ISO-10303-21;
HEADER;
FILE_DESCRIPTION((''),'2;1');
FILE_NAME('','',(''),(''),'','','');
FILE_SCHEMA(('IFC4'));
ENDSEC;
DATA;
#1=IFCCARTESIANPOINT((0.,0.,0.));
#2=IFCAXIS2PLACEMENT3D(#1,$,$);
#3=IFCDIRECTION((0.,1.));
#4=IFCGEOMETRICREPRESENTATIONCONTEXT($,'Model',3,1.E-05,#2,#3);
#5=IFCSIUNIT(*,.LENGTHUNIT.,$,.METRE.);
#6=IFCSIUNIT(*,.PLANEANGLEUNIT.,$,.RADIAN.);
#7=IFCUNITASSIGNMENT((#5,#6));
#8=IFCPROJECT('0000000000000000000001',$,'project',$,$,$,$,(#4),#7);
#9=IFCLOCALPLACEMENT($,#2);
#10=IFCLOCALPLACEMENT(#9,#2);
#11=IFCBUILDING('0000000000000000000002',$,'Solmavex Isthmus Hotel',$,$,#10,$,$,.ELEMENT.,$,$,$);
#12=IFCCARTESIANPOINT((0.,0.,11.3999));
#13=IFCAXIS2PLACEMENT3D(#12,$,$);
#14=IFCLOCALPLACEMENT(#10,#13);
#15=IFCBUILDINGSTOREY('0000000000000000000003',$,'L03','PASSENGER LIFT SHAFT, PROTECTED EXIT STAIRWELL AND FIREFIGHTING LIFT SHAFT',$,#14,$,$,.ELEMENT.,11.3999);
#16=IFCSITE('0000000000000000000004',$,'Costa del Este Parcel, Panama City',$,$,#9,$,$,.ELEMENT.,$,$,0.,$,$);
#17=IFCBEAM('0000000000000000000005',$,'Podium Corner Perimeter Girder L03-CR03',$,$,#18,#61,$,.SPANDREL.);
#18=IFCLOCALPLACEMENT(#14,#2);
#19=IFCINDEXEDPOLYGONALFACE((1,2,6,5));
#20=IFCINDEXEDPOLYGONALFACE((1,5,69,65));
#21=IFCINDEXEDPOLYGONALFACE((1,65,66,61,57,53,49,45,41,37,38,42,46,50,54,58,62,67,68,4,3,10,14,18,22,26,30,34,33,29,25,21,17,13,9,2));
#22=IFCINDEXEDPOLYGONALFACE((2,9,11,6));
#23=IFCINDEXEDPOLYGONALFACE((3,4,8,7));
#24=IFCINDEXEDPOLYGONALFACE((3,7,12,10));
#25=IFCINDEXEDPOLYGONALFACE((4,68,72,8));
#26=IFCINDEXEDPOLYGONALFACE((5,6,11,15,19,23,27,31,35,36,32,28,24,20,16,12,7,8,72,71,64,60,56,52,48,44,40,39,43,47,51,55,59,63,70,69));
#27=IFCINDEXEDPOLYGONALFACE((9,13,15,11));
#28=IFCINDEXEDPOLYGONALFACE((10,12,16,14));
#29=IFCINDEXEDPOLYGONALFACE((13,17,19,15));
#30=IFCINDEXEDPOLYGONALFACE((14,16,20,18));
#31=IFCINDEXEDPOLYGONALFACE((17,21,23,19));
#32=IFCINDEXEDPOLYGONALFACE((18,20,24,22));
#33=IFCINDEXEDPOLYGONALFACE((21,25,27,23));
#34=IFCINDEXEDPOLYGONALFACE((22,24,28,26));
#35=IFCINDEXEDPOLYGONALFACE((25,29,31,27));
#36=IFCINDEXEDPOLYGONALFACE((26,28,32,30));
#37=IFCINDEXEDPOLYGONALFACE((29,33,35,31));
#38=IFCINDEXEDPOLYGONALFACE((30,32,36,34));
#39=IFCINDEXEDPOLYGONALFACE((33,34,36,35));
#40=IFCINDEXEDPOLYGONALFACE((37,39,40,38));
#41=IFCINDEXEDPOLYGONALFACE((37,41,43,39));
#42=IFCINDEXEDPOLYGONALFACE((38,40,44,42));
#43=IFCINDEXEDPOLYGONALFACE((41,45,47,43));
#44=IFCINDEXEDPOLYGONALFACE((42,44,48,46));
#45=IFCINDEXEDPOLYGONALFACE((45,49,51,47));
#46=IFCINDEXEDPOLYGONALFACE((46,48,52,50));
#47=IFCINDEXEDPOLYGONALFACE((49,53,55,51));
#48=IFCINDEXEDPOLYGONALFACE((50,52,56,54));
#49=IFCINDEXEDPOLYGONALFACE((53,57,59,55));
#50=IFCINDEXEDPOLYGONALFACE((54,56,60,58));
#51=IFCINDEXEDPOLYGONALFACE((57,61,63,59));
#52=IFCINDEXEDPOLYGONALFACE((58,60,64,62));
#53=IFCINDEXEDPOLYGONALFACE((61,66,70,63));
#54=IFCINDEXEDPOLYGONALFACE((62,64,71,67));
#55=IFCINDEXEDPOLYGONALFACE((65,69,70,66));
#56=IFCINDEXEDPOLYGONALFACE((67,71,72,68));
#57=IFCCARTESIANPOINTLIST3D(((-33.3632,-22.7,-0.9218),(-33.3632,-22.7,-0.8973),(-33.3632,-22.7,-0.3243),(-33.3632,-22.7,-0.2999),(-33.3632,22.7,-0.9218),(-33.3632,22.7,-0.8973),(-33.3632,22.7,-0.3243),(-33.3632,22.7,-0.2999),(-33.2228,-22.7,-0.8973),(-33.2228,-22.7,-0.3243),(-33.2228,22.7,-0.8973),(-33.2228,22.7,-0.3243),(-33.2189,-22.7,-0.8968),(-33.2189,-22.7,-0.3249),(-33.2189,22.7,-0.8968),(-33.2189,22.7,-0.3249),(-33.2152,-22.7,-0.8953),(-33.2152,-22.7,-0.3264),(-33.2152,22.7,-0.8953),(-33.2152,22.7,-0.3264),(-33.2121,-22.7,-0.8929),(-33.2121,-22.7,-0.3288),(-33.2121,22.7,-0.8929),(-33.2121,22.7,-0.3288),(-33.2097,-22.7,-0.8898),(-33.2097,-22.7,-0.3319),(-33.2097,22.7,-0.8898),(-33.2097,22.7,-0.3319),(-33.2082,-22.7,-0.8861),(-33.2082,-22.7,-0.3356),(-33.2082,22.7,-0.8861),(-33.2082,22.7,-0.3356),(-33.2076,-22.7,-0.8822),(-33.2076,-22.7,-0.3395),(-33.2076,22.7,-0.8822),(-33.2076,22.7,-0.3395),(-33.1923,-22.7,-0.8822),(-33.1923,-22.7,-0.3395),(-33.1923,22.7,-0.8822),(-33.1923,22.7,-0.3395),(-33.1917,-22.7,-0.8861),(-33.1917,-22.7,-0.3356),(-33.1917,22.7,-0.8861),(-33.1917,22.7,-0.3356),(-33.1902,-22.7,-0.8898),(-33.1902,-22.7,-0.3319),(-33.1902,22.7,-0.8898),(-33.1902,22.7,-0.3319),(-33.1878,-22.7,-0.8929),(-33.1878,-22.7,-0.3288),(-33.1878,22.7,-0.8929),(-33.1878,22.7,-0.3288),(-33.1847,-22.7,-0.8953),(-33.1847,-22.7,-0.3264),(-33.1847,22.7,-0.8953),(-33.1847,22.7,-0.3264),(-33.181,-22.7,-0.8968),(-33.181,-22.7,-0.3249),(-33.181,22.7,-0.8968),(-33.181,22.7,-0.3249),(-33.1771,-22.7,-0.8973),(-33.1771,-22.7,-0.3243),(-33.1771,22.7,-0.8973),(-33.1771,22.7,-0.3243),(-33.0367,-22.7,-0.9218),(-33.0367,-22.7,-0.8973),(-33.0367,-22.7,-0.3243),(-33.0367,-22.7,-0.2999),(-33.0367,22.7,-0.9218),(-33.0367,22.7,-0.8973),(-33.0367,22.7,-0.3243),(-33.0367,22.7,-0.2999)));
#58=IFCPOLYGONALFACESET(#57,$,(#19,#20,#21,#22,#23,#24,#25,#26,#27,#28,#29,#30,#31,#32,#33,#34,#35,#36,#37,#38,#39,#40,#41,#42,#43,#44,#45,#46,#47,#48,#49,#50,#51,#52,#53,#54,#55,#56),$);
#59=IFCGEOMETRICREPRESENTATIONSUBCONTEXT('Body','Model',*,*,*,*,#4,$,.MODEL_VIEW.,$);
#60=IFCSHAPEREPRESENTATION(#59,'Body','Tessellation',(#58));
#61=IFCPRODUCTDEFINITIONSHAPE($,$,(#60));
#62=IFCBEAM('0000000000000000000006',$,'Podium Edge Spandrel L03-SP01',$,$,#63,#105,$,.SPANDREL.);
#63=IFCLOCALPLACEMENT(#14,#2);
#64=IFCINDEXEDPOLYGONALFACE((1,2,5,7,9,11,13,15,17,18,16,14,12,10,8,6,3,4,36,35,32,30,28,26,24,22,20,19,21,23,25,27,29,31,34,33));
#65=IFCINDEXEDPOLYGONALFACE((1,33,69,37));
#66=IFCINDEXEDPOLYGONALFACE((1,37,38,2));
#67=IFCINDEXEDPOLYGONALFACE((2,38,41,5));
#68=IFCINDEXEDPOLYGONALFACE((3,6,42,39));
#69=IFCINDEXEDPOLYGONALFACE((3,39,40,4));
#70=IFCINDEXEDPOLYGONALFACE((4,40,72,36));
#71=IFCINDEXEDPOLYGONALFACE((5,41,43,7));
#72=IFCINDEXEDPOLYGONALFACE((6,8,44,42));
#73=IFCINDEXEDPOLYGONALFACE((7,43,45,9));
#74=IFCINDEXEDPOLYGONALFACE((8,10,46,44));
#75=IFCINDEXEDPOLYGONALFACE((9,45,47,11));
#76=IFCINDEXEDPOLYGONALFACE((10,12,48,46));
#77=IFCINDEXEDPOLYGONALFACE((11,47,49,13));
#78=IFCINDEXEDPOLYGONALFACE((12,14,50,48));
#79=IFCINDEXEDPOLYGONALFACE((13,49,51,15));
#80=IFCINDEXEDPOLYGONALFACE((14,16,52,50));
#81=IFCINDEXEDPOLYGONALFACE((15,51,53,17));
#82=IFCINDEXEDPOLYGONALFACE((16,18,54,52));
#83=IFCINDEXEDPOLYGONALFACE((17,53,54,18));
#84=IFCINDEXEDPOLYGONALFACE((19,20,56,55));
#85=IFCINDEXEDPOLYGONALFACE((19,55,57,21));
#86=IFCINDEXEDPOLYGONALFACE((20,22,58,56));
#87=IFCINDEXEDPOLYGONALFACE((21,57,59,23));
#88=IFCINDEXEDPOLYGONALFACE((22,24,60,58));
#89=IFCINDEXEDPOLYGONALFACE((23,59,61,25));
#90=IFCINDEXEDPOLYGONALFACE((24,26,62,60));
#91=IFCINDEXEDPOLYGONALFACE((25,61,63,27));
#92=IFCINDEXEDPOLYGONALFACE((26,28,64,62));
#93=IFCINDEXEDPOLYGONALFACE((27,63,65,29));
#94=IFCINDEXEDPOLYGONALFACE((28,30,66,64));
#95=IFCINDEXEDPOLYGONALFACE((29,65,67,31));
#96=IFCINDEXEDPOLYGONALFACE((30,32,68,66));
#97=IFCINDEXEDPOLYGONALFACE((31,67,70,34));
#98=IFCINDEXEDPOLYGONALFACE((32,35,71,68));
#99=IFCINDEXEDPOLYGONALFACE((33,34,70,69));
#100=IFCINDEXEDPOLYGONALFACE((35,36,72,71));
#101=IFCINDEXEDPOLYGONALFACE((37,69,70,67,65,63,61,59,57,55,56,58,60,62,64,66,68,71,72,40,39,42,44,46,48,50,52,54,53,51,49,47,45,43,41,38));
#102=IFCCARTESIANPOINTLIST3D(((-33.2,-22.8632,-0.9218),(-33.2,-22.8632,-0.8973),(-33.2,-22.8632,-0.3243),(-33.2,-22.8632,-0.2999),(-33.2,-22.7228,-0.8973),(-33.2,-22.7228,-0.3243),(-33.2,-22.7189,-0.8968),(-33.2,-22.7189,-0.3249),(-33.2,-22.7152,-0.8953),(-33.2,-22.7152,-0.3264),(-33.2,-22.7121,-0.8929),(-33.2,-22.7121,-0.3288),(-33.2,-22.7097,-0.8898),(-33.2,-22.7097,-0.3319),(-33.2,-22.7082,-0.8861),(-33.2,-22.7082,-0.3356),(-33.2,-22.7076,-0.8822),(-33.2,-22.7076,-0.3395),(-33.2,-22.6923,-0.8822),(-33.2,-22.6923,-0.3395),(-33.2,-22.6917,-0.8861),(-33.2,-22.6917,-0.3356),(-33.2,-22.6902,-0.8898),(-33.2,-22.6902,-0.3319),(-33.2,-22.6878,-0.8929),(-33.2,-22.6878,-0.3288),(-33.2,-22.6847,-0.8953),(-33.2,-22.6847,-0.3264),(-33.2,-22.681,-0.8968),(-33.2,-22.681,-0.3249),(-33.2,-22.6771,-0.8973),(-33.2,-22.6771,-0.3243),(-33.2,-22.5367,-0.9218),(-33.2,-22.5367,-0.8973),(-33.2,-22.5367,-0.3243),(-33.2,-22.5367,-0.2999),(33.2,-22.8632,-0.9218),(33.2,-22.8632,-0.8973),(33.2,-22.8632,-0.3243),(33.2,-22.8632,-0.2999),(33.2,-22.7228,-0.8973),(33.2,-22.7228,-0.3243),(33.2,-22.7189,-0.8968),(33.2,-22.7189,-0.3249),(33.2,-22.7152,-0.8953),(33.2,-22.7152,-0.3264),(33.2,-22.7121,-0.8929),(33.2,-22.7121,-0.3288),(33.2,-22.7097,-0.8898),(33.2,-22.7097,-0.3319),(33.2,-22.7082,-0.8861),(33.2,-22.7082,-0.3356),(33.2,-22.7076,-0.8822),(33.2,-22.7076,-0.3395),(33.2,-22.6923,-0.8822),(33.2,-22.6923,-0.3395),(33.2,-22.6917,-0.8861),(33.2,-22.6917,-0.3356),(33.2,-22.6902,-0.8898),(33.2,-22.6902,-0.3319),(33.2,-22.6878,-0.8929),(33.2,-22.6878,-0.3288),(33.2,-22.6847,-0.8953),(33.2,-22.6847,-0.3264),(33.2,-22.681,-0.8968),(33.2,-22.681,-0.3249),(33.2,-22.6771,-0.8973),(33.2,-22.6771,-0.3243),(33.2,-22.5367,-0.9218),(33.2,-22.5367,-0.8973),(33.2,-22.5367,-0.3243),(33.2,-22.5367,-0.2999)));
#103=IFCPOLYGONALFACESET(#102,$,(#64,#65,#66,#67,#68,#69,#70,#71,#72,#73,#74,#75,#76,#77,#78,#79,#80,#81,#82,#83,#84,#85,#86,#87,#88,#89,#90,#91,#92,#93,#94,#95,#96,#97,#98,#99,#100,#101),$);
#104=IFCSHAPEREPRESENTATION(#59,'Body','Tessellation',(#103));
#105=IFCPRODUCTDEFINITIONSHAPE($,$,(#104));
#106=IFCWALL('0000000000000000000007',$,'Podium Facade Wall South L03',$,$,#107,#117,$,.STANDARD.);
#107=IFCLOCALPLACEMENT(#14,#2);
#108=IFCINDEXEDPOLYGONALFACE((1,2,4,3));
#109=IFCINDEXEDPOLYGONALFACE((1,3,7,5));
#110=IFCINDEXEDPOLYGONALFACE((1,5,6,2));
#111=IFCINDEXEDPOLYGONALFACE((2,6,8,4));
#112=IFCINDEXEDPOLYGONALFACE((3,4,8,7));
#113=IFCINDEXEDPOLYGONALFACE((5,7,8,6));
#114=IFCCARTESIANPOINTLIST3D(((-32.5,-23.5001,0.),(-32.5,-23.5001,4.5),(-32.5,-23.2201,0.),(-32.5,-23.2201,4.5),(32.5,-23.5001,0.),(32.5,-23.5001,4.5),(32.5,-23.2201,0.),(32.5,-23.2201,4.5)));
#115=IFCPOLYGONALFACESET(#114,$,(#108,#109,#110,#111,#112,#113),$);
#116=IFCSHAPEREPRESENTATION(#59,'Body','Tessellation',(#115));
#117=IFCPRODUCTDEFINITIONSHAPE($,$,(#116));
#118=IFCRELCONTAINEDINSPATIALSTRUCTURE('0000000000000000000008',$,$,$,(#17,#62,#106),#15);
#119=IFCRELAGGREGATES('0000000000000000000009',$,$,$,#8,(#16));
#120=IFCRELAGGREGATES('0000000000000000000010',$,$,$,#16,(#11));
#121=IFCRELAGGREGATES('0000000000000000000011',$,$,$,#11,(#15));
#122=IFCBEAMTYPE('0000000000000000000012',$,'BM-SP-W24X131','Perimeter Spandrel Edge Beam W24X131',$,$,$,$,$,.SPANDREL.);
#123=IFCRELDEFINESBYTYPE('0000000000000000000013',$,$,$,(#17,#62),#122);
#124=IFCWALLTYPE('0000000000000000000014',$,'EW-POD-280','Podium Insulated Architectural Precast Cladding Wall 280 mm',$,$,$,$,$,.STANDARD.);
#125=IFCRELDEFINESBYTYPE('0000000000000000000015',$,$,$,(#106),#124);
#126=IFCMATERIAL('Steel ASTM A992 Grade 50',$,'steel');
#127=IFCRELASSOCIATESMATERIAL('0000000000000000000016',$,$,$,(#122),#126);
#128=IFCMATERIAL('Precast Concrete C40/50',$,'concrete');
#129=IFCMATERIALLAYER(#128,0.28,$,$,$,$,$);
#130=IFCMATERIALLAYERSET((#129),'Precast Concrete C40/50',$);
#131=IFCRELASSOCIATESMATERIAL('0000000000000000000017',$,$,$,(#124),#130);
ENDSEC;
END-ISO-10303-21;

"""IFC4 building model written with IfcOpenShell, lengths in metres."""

from ifc_helpers import new_model, si_unit, direction, frame, frame_2d, origin, origin_2d, place, context, subcontext, project, spatial, rectangle, i_section, extrude, material, layer, layer_set, material_profile, profile_set, type_object, element, save


model = new_model("IFC4")

# Units and contexts
model_context = context("Model", 3, precision=1e-05, world=origin(), true_north=direction((0.0, 1.0)))
body_context = subcontext(model_context, "Body", "Model", "MODEL_VIEW")
ifc_project = project(units=[si_unit("LENGTHUNIT", "METRE"), si_unit("PLANEANGLEUNIT", "RADIAN")], contexts=[model_context])

# Site, building, storey
site_placement = place(None, origin())
site = spatial("IfcSite", under=ifc_project, at=site_placement, Name="Costa del Este Parcel, Panama City", CompositionType="ELEMENT", RefElevation=0.0)
building_placement = place(site_placement, origin())
building = spatial("IfcBuilding", under=site, at=building_placement, Name="Solmavex Isthmus Hotel", CompositionType="ELEMENT")
storey_placement = place(building_placement, frame((0.0, 0.0, 11.3999)))
storey = spatial("IfcBuildingStorey", under=building, at=storey_placement, Name="L03", Description="PASSENGER LIFT SHAFT, PROTECTED EXIT STAIRWELL AND FIREFIGHTING LIFT SHAFT", CompositionType="ELEMENT", Elevation=11.3999)

# Beams
ifc_material_1 = material(Name="Steel ASTM A992 Grade 50", Category="steel")
ifc_material_profile_1 = material_profile(ifc_material_1, i_section(OverallWidth=0.3264, OverallDepth=0.6218, WebThickness=0.0154, FlangeThickness=0.0244, FilletRadius=0.0151, at=origin_2d()), Name="W24X131")
ifc_profile_set_1 = profile_set([ifc_material_profile_1], Name="Steel ASTM A992 Grade 50")
beam_type_1 = type_object("IfcBeamType", Name="BM-SP-W24X131", Description="Perimeter Spandrel Edge Beam W24X131", PredefinedType="SPANDREL", material=ifc_profile_set_1)
beam_1_placement = place(storey_placement, frame((-33.2, -22.7, -0.6108), z_axis=(0.0, 1.0, 0.0), x_axis=(-1.0, 0.0, 0.0)))
element("IfcBeam", 1, at=beam_1_placement, inside=storey, type_object=beam_type_1, Name="Podium Corner Perimeter Girder L03-CR03", PredefinedType="SPANDREL", context=body_context, shape_type="SweptSolid", body=[
    extrude(i_section(OverallWidth=0.3264, OverallDepth=0.6218, WebThickness=0.0154, FlangeThickness=0.0244, FilletRadius=0.0151, at=origin_2d()), origin(), (0.0, 0.0, 1.0), 45.3999),
])
beam_2_placement = place(storey_placement, frame((-33.2, -22.7, -0.6108), z_axis=(1.0, 0.0, 0.0), x_axis=(0.0, 1.0, 0.0)))
element("IfcBeam", 2, at=beam_2_placement, inside=storey, type_object=beam_type_1, Name="Podium Edge Spandrel L03-SP01", PredefinedType="SPANDREL", context=body_context, shape_type="SweptSolid", body=[
    extrude(i_section(OverallWidth=0.3264, OverallDepth=0.6218, WebThickness=0.0154, FlangeThickness=0.0244, FilletRadius=0.0151, at=origin_2d()), origin(), (0.0, 0.0, 1.0), 66.3999),
])

# Wall
ifc_material_2 = material(Name="Precast Concrete C40/50", Category="concrete")
ifc_layer_1 = layer(ifc_material_2, 0.28)
ifc_layer_set_1 = layer_set([ifc_layer_1], Name="Precast Concrete C40/50")
wall_type_1 = type_object("IfcWallType", Name="EW-POD-280", Description="Podium Insulated Architectural Precast Cladding Wall 280 mm", PredefinedType="STANDARD", material=ifc_layer_set_1)
wall_1_placement = place(storey_placement, frame((-32.5, -23.3601, 0.0), z_axis=(0.0, 0.0, 1.0), x_axis=(1.0, 0.0, 0.0)))
element("IfcWall", 3, at=wall_1_placement, inside=storey, type_object=wall_type_1, Name="Podium Facade Wall South L03", PredefinedType="STANDARD", context=body_context, shape_type="SweptSolid", body=[
    extrude(rectangle(XDim=65.0, YDim=0.28, at=frame_2d((32.5, 0.0))), origin(), (0.0, 0.0, 1.0), 4.5),
])

save(model, "model.ifc")
